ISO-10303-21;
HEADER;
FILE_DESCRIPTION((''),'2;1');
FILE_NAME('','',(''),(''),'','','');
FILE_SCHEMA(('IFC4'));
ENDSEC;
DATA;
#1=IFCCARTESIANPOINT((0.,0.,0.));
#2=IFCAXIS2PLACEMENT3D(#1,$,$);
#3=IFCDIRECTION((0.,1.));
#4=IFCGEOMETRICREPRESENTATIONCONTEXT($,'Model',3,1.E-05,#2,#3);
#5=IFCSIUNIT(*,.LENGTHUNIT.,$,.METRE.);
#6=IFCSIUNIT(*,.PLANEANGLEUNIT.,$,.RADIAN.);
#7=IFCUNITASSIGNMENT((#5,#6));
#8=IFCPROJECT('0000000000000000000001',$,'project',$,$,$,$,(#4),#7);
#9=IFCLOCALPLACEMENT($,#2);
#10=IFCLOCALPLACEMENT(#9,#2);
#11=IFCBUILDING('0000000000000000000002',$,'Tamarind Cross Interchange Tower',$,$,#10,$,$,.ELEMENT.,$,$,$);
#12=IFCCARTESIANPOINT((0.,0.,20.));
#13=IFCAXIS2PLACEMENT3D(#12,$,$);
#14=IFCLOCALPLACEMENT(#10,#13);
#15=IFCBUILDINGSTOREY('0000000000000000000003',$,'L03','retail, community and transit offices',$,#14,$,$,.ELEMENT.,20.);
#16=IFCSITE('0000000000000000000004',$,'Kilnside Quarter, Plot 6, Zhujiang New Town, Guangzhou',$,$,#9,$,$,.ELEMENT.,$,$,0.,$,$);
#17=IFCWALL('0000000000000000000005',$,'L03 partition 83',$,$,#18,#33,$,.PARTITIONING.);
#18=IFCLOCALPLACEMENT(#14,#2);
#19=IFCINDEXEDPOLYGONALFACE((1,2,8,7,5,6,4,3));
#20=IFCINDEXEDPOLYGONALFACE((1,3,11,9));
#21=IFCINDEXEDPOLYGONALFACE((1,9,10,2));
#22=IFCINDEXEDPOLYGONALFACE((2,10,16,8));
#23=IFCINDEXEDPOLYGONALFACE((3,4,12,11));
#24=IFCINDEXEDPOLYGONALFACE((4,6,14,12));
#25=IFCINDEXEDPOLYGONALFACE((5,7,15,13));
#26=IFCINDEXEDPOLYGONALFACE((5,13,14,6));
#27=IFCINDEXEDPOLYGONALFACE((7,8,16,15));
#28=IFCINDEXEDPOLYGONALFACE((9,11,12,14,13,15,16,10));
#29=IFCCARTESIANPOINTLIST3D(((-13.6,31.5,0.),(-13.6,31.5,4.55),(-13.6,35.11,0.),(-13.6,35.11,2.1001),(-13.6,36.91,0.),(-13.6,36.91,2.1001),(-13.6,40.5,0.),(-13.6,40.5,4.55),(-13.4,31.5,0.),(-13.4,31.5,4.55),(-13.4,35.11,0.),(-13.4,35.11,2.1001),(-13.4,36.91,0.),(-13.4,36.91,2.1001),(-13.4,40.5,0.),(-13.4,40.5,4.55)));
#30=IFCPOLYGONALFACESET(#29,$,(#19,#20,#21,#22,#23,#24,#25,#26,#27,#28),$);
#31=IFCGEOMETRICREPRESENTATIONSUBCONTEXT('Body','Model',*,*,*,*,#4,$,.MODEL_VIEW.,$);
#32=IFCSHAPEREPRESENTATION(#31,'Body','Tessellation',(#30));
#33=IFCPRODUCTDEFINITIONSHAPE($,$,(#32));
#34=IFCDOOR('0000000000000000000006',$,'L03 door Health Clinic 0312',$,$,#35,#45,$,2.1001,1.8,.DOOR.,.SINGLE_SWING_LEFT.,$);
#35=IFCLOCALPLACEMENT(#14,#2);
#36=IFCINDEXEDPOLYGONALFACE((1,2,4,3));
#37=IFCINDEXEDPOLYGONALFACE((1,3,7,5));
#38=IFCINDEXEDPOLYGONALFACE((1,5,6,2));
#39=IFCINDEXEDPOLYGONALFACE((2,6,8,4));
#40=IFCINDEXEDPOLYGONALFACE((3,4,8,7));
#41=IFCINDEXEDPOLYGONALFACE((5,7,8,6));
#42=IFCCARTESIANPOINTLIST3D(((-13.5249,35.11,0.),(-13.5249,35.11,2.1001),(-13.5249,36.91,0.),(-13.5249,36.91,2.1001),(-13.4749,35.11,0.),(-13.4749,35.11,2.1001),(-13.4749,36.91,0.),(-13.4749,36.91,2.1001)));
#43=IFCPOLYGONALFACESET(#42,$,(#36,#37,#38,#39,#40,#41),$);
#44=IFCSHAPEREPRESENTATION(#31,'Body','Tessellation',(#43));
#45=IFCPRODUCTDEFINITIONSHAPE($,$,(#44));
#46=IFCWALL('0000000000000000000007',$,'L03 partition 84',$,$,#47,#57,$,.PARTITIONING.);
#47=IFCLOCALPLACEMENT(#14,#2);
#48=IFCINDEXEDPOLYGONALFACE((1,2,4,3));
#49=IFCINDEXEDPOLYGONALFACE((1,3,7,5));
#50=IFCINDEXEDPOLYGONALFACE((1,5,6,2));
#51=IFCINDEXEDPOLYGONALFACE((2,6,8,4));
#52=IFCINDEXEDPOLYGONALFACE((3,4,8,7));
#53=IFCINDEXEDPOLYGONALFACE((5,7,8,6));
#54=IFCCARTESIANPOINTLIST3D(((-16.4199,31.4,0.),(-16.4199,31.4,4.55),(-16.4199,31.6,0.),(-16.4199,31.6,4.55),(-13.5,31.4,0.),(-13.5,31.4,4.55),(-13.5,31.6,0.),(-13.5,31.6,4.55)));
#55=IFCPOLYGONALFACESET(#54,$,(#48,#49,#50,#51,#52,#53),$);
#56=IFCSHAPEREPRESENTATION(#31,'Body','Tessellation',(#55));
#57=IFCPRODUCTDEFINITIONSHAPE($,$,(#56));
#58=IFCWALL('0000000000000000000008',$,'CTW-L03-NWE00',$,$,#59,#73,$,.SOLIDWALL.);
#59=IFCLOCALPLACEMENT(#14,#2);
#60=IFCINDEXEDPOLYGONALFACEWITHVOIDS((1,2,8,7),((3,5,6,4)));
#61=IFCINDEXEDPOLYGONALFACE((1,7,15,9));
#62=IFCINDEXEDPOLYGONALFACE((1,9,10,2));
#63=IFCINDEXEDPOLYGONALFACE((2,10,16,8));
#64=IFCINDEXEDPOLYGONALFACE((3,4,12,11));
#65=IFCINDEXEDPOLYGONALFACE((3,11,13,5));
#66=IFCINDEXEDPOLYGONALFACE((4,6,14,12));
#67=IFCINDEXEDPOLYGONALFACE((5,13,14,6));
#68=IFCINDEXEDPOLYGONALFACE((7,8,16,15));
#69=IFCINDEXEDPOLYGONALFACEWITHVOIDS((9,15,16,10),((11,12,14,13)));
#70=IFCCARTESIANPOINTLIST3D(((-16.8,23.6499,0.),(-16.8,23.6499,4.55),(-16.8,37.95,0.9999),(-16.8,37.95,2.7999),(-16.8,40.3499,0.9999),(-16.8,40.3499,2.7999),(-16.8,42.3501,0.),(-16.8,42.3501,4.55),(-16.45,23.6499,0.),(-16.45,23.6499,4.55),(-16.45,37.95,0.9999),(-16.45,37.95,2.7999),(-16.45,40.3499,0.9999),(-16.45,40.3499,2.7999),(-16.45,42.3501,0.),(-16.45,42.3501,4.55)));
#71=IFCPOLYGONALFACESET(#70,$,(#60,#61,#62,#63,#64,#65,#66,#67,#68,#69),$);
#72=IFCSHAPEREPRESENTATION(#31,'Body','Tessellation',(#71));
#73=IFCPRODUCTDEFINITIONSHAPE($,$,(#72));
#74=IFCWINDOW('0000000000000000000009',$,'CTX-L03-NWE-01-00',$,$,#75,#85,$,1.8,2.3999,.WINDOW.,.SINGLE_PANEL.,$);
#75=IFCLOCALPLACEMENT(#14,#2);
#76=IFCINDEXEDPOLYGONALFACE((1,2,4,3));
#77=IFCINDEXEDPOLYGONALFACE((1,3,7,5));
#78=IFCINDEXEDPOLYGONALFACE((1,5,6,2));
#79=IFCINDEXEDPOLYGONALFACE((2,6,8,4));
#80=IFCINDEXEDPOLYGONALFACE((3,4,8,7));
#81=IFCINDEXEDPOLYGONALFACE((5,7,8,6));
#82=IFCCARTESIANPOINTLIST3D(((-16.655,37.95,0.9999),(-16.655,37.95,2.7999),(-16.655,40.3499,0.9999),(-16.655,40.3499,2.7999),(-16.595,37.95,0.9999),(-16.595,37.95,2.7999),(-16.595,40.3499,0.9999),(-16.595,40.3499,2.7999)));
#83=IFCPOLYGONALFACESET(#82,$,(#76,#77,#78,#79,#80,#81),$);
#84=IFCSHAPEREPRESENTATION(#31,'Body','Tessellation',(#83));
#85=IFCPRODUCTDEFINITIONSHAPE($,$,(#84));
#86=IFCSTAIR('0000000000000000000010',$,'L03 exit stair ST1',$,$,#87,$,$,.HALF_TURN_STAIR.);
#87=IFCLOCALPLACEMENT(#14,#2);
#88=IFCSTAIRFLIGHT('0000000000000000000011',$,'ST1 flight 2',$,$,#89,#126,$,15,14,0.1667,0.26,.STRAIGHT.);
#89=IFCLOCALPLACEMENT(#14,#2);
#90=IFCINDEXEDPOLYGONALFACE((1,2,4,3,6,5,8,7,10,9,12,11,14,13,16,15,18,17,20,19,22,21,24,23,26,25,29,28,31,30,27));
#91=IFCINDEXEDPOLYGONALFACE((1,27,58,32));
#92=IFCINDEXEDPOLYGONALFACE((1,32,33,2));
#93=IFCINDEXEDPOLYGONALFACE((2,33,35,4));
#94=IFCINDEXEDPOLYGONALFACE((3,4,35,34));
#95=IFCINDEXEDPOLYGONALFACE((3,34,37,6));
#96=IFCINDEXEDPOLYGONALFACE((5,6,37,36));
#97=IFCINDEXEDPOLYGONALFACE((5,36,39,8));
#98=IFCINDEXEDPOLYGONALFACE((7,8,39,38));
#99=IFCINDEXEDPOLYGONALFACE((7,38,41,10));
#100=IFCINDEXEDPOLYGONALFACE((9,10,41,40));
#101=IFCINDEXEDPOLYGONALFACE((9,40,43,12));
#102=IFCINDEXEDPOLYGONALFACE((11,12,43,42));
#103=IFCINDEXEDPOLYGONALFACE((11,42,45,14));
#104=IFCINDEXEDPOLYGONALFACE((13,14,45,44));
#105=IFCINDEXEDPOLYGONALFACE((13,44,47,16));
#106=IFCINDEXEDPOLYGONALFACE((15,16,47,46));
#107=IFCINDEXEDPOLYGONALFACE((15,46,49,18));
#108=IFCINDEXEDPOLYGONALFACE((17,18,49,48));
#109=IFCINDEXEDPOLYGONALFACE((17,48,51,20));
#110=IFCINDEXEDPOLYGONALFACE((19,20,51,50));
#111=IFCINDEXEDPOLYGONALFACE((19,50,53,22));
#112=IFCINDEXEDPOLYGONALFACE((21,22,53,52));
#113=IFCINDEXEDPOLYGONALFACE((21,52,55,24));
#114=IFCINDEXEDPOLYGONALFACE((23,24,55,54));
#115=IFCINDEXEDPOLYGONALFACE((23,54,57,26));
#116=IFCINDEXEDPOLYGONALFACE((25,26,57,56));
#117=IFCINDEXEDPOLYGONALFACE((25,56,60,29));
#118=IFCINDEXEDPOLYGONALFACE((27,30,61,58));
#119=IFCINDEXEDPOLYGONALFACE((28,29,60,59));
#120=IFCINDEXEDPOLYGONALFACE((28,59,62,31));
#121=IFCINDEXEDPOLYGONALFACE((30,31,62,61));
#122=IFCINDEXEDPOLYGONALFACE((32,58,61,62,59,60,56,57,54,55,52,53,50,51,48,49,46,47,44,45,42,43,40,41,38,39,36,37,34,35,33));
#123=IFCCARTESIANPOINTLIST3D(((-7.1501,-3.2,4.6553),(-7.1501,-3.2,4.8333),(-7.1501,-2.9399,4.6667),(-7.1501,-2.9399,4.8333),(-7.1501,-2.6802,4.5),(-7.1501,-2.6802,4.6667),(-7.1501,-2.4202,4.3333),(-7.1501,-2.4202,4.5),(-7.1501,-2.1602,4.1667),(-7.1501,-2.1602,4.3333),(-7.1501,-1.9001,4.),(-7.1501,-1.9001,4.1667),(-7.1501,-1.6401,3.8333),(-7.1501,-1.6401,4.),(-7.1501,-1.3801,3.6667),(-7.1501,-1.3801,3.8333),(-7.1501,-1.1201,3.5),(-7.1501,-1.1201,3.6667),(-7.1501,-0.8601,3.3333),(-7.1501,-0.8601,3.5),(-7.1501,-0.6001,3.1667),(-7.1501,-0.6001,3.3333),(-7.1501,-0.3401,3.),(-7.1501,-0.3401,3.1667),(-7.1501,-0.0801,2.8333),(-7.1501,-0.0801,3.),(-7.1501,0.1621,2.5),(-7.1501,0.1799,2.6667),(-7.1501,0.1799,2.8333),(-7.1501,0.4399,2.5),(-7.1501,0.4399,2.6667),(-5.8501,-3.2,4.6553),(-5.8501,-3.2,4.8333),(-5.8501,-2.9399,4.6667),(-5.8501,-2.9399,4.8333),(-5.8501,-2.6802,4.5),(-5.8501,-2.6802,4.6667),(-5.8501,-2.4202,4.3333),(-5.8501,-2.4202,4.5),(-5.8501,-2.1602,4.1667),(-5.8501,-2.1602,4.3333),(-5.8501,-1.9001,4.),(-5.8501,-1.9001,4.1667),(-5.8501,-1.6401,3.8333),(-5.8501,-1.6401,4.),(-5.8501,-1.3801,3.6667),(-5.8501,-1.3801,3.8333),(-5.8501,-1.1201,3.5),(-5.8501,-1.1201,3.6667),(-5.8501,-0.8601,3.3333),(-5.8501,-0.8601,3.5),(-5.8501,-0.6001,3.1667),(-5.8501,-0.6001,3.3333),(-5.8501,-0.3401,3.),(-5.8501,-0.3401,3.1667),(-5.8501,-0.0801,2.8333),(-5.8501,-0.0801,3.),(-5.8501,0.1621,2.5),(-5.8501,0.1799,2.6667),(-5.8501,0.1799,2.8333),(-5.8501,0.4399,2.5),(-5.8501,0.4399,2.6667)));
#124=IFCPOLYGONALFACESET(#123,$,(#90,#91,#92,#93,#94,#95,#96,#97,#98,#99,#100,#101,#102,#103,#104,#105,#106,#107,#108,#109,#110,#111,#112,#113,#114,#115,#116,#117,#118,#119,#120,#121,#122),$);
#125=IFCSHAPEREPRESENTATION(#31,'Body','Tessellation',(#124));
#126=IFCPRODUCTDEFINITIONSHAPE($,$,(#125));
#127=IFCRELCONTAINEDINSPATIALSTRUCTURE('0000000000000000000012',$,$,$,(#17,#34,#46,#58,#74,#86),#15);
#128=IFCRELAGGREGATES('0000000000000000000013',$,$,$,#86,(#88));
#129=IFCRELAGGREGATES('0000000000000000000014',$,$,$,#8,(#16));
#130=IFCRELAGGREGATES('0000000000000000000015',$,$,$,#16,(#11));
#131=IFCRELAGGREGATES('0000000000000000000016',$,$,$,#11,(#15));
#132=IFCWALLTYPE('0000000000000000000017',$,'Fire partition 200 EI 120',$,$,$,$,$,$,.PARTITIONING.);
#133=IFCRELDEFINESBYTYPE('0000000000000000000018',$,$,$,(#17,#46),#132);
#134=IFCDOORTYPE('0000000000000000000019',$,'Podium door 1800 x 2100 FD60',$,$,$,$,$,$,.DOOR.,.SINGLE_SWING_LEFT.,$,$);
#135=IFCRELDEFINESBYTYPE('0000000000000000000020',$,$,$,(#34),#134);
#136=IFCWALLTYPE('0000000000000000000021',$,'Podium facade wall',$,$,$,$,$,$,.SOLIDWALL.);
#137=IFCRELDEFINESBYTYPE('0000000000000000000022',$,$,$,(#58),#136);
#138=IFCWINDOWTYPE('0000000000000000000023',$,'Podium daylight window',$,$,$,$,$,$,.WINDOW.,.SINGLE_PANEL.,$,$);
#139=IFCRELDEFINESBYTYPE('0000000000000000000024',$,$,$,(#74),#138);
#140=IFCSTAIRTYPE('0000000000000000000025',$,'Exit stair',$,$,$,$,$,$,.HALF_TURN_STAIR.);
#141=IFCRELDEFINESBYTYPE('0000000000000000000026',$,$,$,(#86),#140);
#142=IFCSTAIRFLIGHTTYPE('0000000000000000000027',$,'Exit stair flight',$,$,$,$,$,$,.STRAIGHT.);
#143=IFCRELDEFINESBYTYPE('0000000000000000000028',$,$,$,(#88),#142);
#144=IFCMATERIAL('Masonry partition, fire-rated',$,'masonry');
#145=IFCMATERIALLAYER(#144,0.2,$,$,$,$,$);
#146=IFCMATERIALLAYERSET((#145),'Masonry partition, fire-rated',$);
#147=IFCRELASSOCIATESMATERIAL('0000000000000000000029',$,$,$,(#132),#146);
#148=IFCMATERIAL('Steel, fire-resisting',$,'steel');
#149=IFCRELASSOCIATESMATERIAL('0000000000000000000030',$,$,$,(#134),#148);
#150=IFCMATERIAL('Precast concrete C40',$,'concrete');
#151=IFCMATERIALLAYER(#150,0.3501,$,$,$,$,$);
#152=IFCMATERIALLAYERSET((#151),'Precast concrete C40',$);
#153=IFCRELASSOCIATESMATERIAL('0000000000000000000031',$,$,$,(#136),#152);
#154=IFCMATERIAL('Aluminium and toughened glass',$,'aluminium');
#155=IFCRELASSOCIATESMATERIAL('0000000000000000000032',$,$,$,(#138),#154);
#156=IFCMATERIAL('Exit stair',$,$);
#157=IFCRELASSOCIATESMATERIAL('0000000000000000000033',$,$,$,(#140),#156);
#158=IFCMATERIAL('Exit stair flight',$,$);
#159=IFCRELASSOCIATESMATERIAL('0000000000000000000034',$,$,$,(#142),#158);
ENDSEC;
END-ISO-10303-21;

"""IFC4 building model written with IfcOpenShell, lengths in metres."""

from ifc_helpers import new_model, si_unit, direction, frame, frame_2d, origin, place, context, subcontext, project, spatial, polyline, rectangle, outline, extrude, material, layer, layer_set, type_object, element, fill, aggregate, save


model = new_model("IFC4")

# Units and contexts
model_context = context("Model", 3, precision=1e-05, world=origin(), true_north=direction((0.0, 1.0)))
body_context = subcontext(model_context, "Body", "Model", "MODEL_VIEW")
ifc_project = project(units=[si_unit("LENGTHUNIT", "METRE"), si_unit("PLANEANGLEUNIT", "RADIAN")], contexts=[model_context])

# Site, building, storey
site_placement = place(None, origin())
site = spatial("IfcSite", under=ifc_project, at=site_placement, Name="Kilnside Quarter, Plot 6, Zhujiang New Town, Guangzhou", CompositionType="ELEMENT", RefElevation=0.0)
building_placement = place(site_placement, origin())
building = spatial("IfcBuilding", under=site, at=building_placement, Name="Tamarind Cross Interchange Tower", CompositionType="ELEMENT")
storey_placement = place(building_placement, frame((0.0, 0.0, 20.0)))
storey = spatial("IfcBuildingStorey", under=building, at=storey_placement, Name="L03", Description="retail, community and transit offices", CompositionType="ELEMENT", Elevation=20.0)

# Wall, opening, door
ifc_material_1 = material(Name="Masonry partition, fire-rated", Category="masonry")
ifc_layer_1 = layer(ifc_material_1, 0.2)
ifc_layer_set_1 = layer_set([ifc_layer_1], Name="Masonry partition, fire-rated")
wall_type_1 = type_object("IfcWallType", Name="Fire partition 200 EI 120", PredefinedType="PARTITIONING", material=ifc_layer_set_1)
ifc_material_2 = material(Name="Steel, fire-resisting", Category="steel")
door_type = type_object("IfcDoorType", Name="Podium door 1800 x 2100 FD60", OperationType="SINGLE_SWING_LEFT", PredefinedType="DOOR", material=ifc_material_2)
wall_1_placement = place(storey_placement, frame((-13.5, 31.5, 0.0), z_axis=(0.0, 0.0, 1.0), x_axis=(0.0, 1.0, 0.0)))
wall_1 = element("IfcWall", 1, at=wall_1_placement, inside=storey, type_object=wall_type_1, Name="L03 partition 83", PredefinedType="PARTITIONING", context=body_context, shape_type="SweptSolid", body=[
    extrude(rectangle(XDim=9.0, YDim=0.2, at=frame_2d((4.5, 0.0))), origin(), (0.0, 0.0, 1.0), 4.55),
])
opening_1_placement = place(wall_1_placement, frame((3.6101, 0.0, 0.0)))
opening_1 = element("IfcOpeningElement", 2, at=opening_1_placement, cuts=wall_1, PredefinedType="OPENING", context=body_context, shape_type="SweptSolid", body=[
    extrude(rectangle(XDim=1.8, YDim=2.1001, at=frame_2d((0.8999, 1.05))), frame((0.0, 0.1099, 0.0), z_axis=(0.0, -1.0, 0.0), x_axis=(1.0, 0.0, 0.0)), (0.0, 0.0, 1.0), 0.22),
])
door_1_placement = place(opening_1_placement, origin())
door_1 = element("IfcDoor", 3, at=door_1_placement, inside=storey, type_object=door_type, Name="L03 door Health Clinic 0312", OperationType="SINGLE_SWING_LEFT", OverallHeight=2.1001, OverallWidth=1.8, PredefinedType="DOOR", context=body_context, shape_type="SweptSolid", body=[
    extrude(rectangle(XDim=1.8, YDim=2.1001, at=frame_2d((0.8999, 1.05))), frame((0.0, 0.0249, 0.0), z_axis=(0.0, -1.0, 0.0), x_axis=(1.0, 0.0, 0.0)), (0.0, 0.0, 1.0), 0.05),
])
fill(opening_1, door_1)

# Wall
wall_2_placement = place(storey_placement, frame((-16.4199, 31.5, 0.0), z_axis=(0.0, 0.0, 1.0), x_axis=(1.0, 0.0, 0.0)))
element("IfcWall", 4, at=wall_2_placement, inside=storey, type_object=wall_type_1, Name="L03 partition 84", PredefinedType="PARTITIONING", context=body_context, shape_type="SweptSolid", body=[
    extrude(rectangle(XDim=2.9199, YDim=0.2, at=frame_2d((1.46, 0.0))), origin(), (0.0, 0.0, 1.0), 4.55),
])

# Wall, opening, window
ifc_material_3 = material(Name="Precast concrete C40", Category="concrete")
ifc_layer_2 = layer(ifc_material_3, 0.3501)
ifc_layer_set_2 = layer_set([ifc_layer_2], Name="Precast concrete C40")
wall_type_2 = type_object("IfcWallType", Name="Podium facade wall", PredefinedType="SOLIDWALL", material=ifc_layer_set_2)
wall_3_placement = place(storey_placement, frame((-16.625, 23.6499, 0.0), z_axis=(0.0, 0.0, 1.0), x_axis=(0.0, 1.0, 0.0)))
wall_3 = element("IfcWall", 5, at=wall_3_placement, inside=storey, type_object=wall_type_2, Name="CTW-L03-NWE00", PredefinedType="SOLIDWALL", context=body_context, shape_type="SweptSolid", body=[
    extrude(rectangle(XDim=18.7002, YDim=0.3501, at=frame_2d((9.3501, 0.0))), origin(), (0.0, 0.0, 1.0), 4.55),
])
opening_2_placement = place(wall_3_placement, frame((14.3, 0.0, 1.0)))
opening_2 = element("IfcOpeningElement", 6, at=opening_2_placement, cuts=wall_3, PredefinedType="OPENING", context=body_context, shape_type="SweptSolid", body=[
    extrude(rectangle(XDim=2.3999, YDim=1.8, at=frame_2d((1.2, 0.8999))), frame((0.0, 0.1851, 0.0), z_axis=(0.0, -1.0, 0.0), x_axis=(1.0, 0.0, 0.0)), (0.0, 0.0, 1.0), 0.3701),
])
ifc_material_4 = material(Name="Aluminium and toughened glass", Category="aluminium")
window_type = type_object("IfcWindowType", Name="Podium daylight window", PartitioningType="SINGLE_PANEL", PredefinedType="WINDOW", material=ifc_material_4)
window_placement = place(opening_2_placement, origin())
window = element("IfcWindow", 7, at=window_placement, inside=storey, type_object=window_type, Name="CTX-L03-NWE-01-00", OverallHeight=1.8, OverallWidth=2.3999, PartitioningType="SINGLE_PANEL", PredefinedType="WINDOW", context=body_context, shape_type="SweptSolid", body=[
    extrude(rectangle(XDim=2.3999, YDim=1.8, at=frame_2d((1.2, 0.8999))), frame((0.0, 0.03, 0.0), z_axis=(0.0, -1.0, 0.0), x_axis=(1.0, 0.0, 0.0)), (0.0, 0.0, 1.0), 0.0601),
])
fill(opening_2, window)

# Stair, stair flight
ifc_material_5 = material(Name="Exit stair")
stair_type = type_object("IfcStairType", Name="Exit stair", PredefinedType="HALF_TURN_STAIR", material=ifc_material_5)
stair_placement = place(storey_placement, origin())
stair = element("IfcStair", 8, at=stair_placement, inside=storey, type_object=stair_type, Name="L03 exit stair ST1", PredefinedType="HALF_TURN_STAIR")
ifc_material_6 = material(Name="Exit stair flight")
stair_flight_type = type_object("IfcStairFlightType", Name="Exit stair flight", PredefinedType="STRAIGHT", material=ifc_material_6)
stair_flight_placement = place(storey_placement, frame((-6.5, 0.4399, 2.5), z_axis=(0.0, 0.0, 1.0), x_axis=(0.0, -1.0, 0.0)))
stair_flight = element("IfcStairFlight", 9, at=stair_flight_placement, type_object=stair_flight_type, Name="ST1 flight 2", NumberOfRisers=15, NumberOfTreads=14, PredefinedType="STRAIGHT", RiserHeight=0.1667, TreadLength=0.26, context=body_context, shape_type="SweptSolid", body=[
    extrude(outline(polyline([(0.0, 0.0), (0.0, 0.1667), (0.26, 0.1667), (0.26, 0.3333), (0.52, 0.3333), (0.52, 0.5), (0.78, 0.5), (0.78, 0.6667), (1.04, 0.6667), (1.04, 0.8333), (1.3, 0.8333), (1.3, 1.0), (1.5601, 1.0), (1.5601, 1.1667), (1.8201, 1.1667), (1.8201, 1.3333), (2.0801, 1.3333), (2.0801, 1.5), (2.3401, 1.5), (2.3401, 1.6667), (2.6001, 1.6667), (2.6001, 1.8333), (2.8601, 1.8333), (2.8601, 2.0), (3.1201, 2.0), (3.1201, 2.1667), (3.3799, 2.1667), (3.3799, 2.3333), (3.6399, 2.3333), (3.6399, 2.5), (3.6399, 2.1553), (0.2778, 0.0), (0.0, 0.0)])), frame((0.0, 0.6499, 0.0), z_axis=(0.0, -1.0, 0.0), x_axis=(1.0, 0.0, 0.0)), (0.0, 0.0, 1.0), 1.3),
])
aggregate(stair, [stair_flight])

save(model, "model.ifc")
